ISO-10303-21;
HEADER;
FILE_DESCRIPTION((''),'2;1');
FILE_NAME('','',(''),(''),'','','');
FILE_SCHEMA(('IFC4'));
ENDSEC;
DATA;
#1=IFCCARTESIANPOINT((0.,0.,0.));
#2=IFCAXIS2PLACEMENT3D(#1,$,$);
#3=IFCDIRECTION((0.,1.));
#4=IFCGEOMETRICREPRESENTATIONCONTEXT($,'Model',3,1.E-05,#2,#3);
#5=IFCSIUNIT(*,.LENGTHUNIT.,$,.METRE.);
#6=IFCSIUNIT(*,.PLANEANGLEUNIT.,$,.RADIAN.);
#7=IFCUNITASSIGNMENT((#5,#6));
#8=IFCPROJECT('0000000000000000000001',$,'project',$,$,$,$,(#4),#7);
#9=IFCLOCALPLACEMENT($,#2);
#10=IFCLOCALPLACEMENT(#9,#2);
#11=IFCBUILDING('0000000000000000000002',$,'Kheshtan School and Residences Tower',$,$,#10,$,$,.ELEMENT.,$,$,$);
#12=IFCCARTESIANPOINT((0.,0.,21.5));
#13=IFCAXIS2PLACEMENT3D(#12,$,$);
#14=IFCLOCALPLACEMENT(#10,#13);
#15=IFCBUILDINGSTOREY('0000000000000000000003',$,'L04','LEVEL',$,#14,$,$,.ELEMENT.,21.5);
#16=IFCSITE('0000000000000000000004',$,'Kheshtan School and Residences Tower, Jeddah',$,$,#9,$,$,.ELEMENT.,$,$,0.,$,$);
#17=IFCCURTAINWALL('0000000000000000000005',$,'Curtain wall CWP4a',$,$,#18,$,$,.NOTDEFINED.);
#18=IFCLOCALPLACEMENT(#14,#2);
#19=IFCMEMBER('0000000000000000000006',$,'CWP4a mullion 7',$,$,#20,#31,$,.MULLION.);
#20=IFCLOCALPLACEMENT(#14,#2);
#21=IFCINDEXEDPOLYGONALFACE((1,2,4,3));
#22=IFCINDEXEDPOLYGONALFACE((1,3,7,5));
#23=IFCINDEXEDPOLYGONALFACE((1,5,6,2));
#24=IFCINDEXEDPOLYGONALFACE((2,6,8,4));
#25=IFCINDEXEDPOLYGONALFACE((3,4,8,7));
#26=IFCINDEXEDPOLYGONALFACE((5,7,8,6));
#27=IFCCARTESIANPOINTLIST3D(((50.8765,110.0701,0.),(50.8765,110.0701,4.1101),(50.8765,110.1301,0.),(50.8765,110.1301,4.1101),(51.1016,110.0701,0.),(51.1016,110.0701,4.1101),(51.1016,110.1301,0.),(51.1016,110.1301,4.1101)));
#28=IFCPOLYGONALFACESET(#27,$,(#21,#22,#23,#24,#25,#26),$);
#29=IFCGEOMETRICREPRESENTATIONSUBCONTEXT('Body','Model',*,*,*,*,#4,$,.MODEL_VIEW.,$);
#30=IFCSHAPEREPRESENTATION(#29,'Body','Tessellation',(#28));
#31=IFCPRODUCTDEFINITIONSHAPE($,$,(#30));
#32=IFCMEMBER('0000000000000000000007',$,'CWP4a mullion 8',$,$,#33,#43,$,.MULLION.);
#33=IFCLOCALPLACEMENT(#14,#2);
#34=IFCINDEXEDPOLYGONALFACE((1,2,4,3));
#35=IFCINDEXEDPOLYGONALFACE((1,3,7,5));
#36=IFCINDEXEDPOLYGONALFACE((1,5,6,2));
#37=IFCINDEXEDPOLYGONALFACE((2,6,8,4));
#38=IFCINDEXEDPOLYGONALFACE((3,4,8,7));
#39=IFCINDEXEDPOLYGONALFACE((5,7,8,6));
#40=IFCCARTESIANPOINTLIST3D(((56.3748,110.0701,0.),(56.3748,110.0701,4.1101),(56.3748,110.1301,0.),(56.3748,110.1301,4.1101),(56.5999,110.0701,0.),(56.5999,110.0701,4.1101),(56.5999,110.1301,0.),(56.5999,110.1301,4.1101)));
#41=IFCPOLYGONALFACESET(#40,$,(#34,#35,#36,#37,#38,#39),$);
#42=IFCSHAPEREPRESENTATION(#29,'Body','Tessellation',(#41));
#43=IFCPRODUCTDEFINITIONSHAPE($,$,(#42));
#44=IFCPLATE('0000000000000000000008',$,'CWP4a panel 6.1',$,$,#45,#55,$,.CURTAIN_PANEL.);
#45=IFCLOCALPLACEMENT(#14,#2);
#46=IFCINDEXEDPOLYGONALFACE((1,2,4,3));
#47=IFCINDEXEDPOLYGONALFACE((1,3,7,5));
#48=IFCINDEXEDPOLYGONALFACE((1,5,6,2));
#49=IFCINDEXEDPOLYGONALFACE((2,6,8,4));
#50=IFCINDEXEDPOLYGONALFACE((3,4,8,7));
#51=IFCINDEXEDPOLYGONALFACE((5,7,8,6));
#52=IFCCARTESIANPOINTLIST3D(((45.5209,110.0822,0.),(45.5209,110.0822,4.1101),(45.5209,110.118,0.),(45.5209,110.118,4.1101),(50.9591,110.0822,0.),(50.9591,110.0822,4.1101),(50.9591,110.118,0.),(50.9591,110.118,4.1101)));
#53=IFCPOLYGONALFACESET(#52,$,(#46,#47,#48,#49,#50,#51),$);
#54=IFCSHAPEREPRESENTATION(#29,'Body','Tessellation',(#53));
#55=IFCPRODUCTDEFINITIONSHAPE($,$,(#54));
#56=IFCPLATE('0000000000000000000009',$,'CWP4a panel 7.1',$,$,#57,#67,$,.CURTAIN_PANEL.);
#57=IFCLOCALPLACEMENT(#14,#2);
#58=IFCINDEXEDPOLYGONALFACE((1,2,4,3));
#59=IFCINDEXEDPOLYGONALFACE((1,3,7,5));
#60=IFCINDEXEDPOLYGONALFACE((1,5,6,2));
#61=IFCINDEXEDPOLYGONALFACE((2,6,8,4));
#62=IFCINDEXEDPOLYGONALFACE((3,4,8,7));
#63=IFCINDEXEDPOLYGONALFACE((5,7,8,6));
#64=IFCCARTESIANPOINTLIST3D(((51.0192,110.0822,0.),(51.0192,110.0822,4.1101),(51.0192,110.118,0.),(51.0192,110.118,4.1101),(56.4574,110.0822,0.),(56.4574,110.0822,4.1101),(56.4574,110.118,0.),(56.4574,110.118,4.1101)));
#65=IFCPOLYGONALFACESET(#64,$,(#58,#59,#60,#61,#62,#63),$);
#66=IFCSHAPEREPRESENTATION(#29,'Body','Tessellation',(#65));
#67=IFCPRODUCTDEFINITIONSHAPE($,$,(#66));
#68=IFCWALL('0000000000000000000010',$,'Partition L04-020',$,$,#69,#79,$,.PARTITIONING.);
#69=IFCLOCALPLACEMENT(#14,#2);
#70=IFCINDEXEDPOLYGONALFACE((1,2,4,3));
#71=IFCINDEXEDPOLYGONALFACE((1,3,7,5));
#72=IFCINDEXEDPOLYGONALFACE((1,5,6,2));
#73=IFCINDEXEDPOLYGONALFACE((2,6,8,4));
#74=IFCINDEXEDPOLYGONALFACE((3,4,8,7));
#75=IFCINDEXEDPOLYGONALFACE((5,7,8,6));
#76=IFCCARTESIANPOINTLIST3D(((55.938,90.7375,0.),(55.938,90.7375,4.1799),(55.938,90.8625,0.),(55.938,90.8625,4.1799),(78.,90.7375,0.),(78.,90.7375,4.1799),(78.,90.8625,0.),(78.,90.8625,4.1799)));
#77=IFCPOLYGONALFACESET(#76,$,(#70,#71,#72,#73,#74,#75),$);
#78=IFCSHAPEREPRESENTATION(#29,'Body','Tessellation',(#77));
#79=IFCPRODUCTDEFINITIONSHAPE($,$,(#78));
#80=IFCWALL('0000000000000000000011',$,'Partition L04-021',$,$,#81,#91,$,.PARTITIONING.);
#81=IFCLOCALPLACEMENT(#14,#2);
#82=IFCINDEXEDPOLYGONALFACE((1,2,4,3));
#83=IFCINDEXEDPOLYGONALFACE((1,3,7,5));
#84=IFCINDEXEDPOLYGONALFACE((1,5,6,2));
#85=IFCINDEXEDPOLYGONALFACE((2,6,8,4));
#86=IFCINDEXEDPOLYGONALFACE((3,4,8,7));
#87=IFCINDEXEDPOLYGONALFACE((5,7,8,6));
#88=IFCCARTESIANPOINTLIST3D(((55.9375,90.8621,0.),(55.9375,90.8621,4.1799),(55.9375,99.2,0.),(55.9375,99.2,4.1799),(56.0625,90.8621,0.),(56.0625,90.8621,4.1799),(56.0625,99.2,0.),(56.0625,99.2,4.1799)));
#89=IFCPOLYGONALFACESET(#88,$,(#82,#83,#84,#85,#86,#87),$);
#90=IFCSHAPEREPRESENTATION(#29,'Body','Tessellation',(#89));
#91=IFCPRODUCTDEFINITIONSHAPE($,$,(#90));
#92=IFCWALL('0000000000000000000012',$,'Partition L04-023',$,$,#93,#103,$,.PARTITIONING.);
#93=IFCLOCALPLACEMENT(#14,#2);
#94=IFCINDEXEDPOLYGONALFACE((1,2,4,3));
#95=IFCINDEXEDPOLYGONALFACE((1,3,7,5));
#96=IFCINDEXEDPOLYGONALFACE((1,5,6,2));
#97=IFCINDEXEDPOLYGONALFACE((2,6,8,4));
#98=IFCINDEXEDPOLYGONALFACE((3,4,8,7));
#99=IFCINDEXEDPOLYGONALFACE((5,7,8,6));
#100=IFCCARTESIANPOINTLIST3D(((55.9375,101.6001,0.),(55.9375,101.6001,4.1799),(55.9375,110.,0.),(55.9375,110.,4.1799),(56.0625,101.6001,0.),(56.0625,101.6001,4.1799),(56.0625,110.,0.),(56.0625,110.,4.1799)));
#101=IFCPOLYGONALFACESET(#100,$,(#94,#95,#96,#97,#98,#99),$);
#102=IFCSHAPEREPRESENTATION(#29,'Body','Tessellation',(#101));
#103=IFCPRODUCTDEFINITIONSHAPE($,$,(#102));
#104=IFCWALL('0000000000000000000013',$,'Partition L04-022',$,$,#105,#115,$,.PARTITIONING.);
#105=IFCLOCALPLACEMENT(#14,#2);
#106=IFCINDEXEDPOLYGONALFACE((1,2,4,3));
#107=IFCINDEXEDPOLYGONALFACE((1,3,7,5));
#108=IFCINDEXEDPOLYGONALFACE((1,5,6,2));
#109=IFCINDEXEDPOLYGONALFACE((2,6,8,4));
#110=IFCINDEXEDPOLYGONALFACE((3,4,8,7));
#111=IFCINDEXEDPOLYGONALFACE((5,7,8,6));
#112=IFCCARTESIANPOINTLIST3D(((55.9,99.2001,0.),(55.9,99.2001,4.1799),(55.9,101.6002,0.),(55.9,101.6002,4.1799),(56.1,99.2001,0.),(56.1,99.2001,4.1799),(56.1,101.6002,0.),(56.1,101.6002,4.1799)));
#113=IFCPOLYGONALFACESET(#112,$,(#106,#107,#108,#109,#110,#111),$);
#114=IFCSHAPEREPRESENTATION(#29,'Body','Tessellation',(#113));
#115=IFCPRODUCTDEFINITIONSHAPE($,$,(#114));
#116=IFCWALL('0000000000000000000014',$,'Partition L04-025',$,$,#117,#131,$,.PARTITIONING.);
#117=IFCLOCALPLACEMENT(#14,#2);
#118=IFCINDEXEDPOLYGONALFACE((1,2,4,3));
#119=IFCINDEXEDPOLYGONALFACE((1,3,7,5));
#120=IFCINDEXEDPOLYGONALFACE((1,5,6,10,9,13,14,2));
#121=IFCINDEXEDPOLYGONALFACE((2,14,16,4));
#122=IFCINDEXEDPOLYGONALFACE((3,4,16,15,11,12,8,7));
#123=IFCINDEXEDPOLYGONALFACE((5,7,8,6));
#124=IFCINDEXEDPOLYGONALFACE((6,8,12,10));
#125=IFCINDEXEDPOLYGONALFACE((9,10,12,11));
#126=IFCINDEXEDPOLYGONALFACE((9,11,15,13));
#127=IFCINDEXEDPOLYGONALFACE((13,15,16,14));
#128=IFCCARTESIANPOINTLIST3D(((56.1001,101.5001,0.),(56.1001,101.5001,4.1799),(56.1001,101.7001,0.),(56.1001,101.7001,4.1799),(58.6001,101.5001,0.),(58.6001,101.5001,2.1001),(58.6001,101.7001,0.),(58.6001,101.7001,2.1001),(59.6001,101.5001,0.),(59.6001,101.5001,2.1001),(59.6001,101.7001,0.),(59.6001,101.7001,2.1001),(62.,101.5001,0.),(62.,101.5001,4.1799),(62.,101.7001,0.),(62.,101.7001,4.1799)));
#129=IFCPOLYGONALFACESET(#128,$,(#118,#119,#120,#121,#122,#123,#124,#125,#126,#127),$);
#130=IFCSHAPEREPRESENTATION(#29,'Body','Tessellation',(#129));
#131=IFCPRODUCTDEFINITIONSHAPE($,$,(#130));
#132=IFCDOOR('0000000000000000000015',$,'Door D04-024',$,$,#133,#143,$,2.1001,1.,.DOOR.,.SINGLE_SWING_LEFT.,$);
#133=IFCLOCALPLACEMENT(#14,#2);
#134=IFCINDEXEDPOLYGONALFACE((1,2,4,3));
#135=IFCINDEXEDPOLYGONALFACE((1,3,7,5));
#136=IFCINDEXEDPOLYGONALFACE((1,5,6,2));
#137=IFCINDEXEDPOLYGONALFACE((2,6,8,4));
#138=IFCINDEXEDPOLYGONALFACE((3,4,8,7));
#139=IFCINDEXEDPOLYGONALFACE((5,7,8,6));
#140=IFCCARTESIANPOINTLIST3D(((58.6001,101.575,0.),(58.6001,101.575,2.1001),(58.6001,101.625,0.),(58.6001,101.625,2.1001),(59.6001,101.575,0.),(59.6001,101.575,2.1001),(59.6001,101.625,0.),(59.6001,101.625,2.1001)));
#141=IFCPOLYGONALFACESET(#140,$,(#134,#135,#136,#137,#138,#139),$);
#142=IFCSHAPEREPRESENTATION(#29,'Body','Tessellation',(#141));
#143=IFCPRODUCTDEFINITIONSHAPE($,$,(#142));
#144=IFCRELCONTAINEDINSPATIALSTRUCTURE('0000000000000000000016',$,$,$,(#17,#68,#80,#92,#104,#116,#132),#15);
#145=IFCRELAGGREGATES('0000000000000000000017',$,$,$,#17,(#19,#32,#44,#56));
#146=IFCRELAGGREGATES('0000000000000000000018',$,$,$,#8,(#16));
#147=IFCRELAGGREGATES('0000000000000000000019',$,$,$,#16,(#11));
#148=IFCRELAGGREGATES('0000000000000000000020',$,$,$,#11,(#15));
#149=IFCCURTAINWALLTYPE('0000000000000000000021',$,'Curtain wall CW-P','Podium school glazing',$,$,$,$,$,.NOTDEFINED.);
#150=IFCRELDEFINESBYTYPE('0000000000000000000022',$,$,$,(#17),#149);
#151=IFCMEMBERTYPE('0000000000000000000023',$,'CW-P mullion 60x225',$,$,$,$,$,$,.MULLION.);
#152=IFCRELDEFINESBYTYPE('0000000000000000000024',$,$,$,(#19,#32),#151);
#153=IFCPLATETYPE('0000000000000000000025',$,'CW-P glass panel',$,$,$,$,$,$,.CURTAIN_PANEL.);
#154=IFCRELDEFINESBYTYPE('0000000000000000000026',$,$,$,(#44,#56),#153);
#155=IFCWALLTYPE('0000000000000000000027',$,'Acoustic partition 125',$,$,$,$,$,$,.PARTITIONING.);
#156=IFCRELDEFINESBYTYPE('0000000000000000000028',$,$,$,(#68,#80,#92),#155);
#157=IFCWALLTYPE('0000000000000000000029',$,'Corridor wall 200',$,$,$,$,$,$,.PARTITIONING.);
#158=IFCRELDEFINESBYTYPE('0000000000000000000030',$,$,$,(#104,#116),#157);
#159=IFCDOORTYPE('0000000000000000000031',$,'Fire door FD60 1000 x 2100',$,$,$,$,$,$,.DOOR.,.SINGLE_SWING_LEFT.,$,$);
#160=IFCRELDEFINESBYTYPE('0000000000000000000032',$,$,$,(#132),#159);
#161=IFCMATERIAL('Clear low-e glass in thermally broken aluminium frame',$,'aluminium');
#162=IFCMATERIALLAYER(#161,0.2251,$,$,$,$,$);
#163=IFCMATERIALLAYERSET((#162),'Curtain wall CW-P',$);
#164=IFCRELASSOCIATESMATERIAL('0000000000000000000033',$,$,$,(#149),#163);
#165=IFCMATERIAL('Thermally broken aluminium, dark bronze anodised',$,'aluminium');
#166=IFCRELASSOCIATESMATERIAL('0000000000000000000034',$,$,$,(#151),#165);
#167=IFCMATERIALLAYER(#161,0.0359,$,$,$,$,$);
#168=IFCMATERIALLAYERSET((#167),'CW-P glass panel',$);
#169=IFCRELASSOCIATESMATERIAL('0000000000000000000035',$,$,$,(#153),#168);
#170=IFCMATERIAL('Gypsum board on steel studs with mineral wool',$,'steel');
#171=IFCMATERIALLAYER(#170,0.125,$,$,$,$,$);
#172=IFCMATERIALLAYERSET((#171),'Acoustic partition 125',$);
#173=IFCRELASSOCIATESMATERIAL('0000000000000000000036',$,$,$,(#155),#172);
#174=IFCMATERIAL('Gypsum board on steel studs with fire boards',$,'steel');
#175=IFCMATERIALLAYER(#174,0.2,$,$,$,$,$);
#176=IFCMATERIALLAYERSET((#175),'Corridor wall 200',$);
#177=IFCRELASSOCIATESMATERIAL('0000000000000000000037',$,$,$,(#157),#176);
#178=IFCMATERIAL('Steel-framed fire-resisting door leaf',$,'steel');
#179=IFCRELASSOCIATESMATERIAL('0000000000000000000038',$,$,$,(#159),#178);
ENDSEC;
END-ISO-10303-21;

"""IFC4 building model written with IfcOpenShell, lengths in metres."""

from ifc_helpers import new_model, si_unit, direction, frame, frame_2d, origin, origin_2d, place, context, subcontext, project, spatial, rectangle, extrude, source, transform, mapped, material, layer, layer_set, material_profile, profile_set, type_object, element, fill, aggregate, save


model = new_model("IFC4")

# Units and contexts
model_context = context("Model", 3, precision=1e-05, world=origin(), true_north=direction((0.0, 1.0)))
body_context = subcontext(model_context, "Body", "Model", "MODEL_VIEW")
ifc_project = project(units=[si_unit("LENGTHUNIT", "METRE"), si_unit("PLANEANGLEUNIT", "RADIAN")], contexts=[model_context])

# Site, building, storey
site_placement = place(None, origin())
site = spatial("IfcSite", under=ifc_project, at=site_placement, Name="Kheshtan School and Residences Tower, Jeddah", CompositionType="ELEMENT", RefElevation=0.0)
building_placement = place(site_placement, origin())
building = spatial("IfcBuilding", under=site, at=building_placement, Name="Kheshtan School and Residences Tower", CompositionType="ELEMENT")
storey_placement = place(building_placement, frame((0.0, 0.0, 21.5)))
storey = spatial("IfcBuildingStorey", under=building, at=storey_placement, Name="L04", Description="LEVEL", CompositionType="ELEMENT", Elevation=21.5)

# Curtain wall, members, plates
ifc_material_1 = material(Name="Clear low-e glass in thermally broken aluminium frame", Category="aluminium")
ifc_layer_1 = layer(ifc_material_1, 0.2251)
ifc_layer_set_1 = layer_set([ifc_layer_1], Name="Curtain wall CW-P")
curtain_wall_type = type_object("IfcCurtainWallType", Name="Curtain wall CW-P", Description="Podium school glazing", PredefinedType="NOTDEFINED", material=ifc_layer_set_1)
curtain_wall_placement = place(storey_placement, origin())
curtain_wall = element("IfcCurtainWall", 1, at=curtain_wall_placement, inside=storey, type_object=curtain_wall_type, Name="Curtain wall CWP4a", PredefinedType="NOTDEFINED")
ifc_material_2 = material(Name="Thermally broken aluminium, dark bronze anodised", Category="aluminium")
ifc_material_profile = material_profile(ifc_material_2, rectangle(XDim=0.0601, YDim=0.2251, at=origin_2d()), Name="CW-P mullion 60x225")
ifc_profile_set = profile_set([ifc_material_profile], Name="Thermally broken aluminium, dark bronze anodised")
member_type = type_object("IfcMemberType", Name="CW-P mullion 60x225", PredefinedType="MULLION", material=ifc_profile_set)
member_1_placement = place(storey_placement, frame((50.989, 110.1001, 0.0), z_axis=(0.0, 0.0, 1.0), x_axis=(0.0, 1.0, 0.0)))
member_1 = element("IfcMember", 2, at=member_1_placement, type_object=member_type, Name="CWP4a mullion 7", PredefinedType="MULLION", context=body_context, shape_type="SweptSolid", body=[
    extrude(rectangle(XDim=0.0601, YDim=0.2251, at=origin_2d()), origin(), (0.0, 0.0, 1.0), 4.1101),
])
member_2_placement = place(storey_placement, frame((56.4873, 110.1001, 0.0), z_axis=(0.0, 0.0, 1.0), x_axis=(0.0, 1.0, 0.0)))
member_2 = element("IfcMember", 3, at=member_2_placement, type_object=member_type, Name="CWP4a mullion 8", PredefinedType="MULLION", context=body_context, shape_type="SweptSolid", body=[
    extrude(rectangle(XDim=0.0601, YDim=0.2251, at=origin_2d()), origin(), (0.0, 0.0, 1.0), 4.1101),
])
ifc_layer_2 = layer(ifc_material_1, 0.0359)
ifc_layer_set_2 = layer_set([ifc_layer_2], Name="CW-P glass panel")
plate_type = type_object("IfcPlateType", Name="CW-P glass panel", PredefinedType="CURTAIN_PANEL", material=ifc_layer_set_2)
plate_1_placement = place(storey_placement, frame((48.24, 110.1001, 0.0), z_axis=(0.0, 0.0, 1.0), x_axis=(1.0, 0.0, 0.0)))
plate_1 = element("IfcPlate", 4, at=plate_1_placement, type_object=plate_type, Name="CWP4a panel 6.1", PredefinedType="CURTAIN_PANEL", context=body_context, shape_type="SweptSolid", body=[
    extrude(rectangle(XDim=5.4382, YDim=0.0359, at=origin_2d()), origin(), (0.0, 0.0, 1.0), 4.1101),
])
plate_2_placement = place(storey_placement, frame((53.7383, 110.1001, 0.0), z_axis=(0.0, 0.0, 1.0), x_axis=(1.0, 0.0, 0.0)))
plate_2 = element("IfcPlate", 5, at=plate_2_placement, type_object=plate_type, Name="CWP4a panel 7.1", PredefinedType="CURTAIN_PANEL", context=body_context, shape_type="SweptSolid", body=[
    extrude(rectangle(XDim=5.4382, YDim=0.0359, at=origin_2d()), origin(), (0.0, 0.0, 1.0), 4.1101),
])
aggregate(curtain_wall, [member_1, member_2, plate_1, plate_2])

# Walls
ifc_material_3 = material(Name="Gypsum board on steel studs with mineral wool", Category="steel")
ifc_layer_3 = layer(ifc_material_3, 0.125)
ifc_layer_set_3 = layer_set([ifc_layer_3], Name="Acoustic partition 125")
wall_type_1 = type_object("IfcWallType", Name="Acoustic partition 125", PredefinedType="PARTITIONING", material=ifc_layer_set_3)
wall_1_placement = place(storey_placement, frame((55.938, 90.8, 0.0), z_axis=(0.0, 0.0, 1.0), x_axis=(1.0, 0.0, 0.0)))
element("IfcWall", 6, at=wall_1_placement, inside=storey, type_object=wall_type_1, Name="Partition L04-020", PredefinedType="PARTITIONING", context=body_context, shape_type="SweptSolid", body=[
    extrude(rectangle(XDim=22.062, YDim=0.125, at=frame_2d((11.031, 0.0))), origin(), (0.0, 0.0, 1.0), 4.1799),
])
wall_2_placement = place(storey_placement, frame((56.0, 90.8621, 0.0), z_axis=(0.0, 0.0, 1.0), x_axis=(0.0, 1.0, 0.0)))
element("IfcWall", 7, at=wall_2_placement, inside=storey, type_object=wall_type_1, Name="Partition L04-021", PredefinedType="PARTITIONING", context=body_context, shape_type="SweptSolid", body=[
    extrude(rectangle(XDim=8.3379, YDim=0.125, at=frame_2d((4.1689, 0.0))), origin(), (0.0, 0.0, 1.0), 4.1799),
])
wall_3_placement = place(storey_placement, frame((56.0, 101.6001, 0.0), z_axis=(0.0, 0.0, 1.0), x_axis=(0.0, 1.0, 0.0)))
element("IfcWall", 8, at=wall_3_placement, inside=storey, type_object=wall_type_1, Name="Partition L04-023", PredefinedType="PARTITIONING", context=body_context, shape_type="SweptSolid", body=[
    extrude(rectangle(XDim=8.3999, YDim=0.125, at=frame_2d((4.2, 0.0))), origin(), (0.0, 0.0, 1.0), 4.1799),
])
ifc_material_4 = material(Name="Gypsum board on steel studs with fire boards", Category="steel")
ifc_layer_4 = layer(ifc_material_4, 0.2)
ifc_layer_set_4 = layer_set([ifc_layer_4], Name="Corridor wall 200")
wall_type_2 = type_object("IfcWallType", Name="Corridor wall 200", PredefinedType="PARTITIONING", material=ifc_layer_set_4)
wall_4_placement = place(storey_placement, frame((56.0, 99.2, 0.0), z_axis=(0.0, 0.0, 1.0), x_axis=(0.0, 1.0, 0.0)))
element("IfcWall", 9, at=wall_4_placement, inside=storey, type_object=wall_type_2, Name="Partition L04-022", PredefinedType="PARTITIONING", context=body_context, shape_type="SweptSolid", body=[
    extrude(rectangle(XDim=2.4001, YDim=0.2, at=frame_2d((1.2002, 0.0))), origin(), (0.0, 0.0, 1.0), 4.1799),
])

# Shared definitions
ifc_material_5 = material(Name="Steel-framed fire-resisting door leaf", Category="steel")
door_type = type_object("IfcDoorType", Name="Fire door FD60 1000 x 2100", OperationType="SINGLE_SWING_LEFT", PredefinedType="DOOR", material=ifc_material_5)
shared_shape = source(origin(), body_context, "Body", "SweptSolid", [
    extrude(rectangle(XDim=1.0, YDim=2.1001, at=frame_2d((0.5, 1.05))), frame((0.0, 0.0249, 0.0), z_axis=(0.0, -1.0, 0.0), x_axis=(1.0, 0.0, 0.0)), (0.0, 0.0, 1.0), 0.05),
])

# Wall, opening, door
wall_5_placement = place(storey_placement, frame((56.1001, 101.6001, 0.0), z_axis=(0.0, 0.0, 1.0), x_axis=(1.0, 0.0, 0.0)))
wall_5 = element("IfcWall", 10, at=wall_5_placement, inside=storey, type_object=wall_type_2, Name="Partition L04-025", PredefinedType="PARTITIONING", context=body_context, shape_type="SweptSolid", body=[
    extrude(rectangle(XDim=5.8999, YDim=0.2, at=frame_2d((2.95, 0.0))), origin(), (0.0, 0.0, 1.0), 4.1799),
])
opening_1_placement = place(wall_5_placement, frame((2.5, 0.0, 0.0)))
opening_1 = element("IfcOpeningElement", 11, at=opening_1_placement, cuts=wall_5, PredefinedType="OPENING", context=body_context, shape_type="SweptSolid", body=[
    extrude(rectangle(XDim=1.0, YDim=2.1001, at=frame_2d((0.5, 1.05))), frame((0.0, 0.1099, 0.0), z_axis=(0.0, -1.0, 0.0), x_axis=(1.0, 0.0, 0.0)), (0.0, 0.0, 1.0), 0.22),
])
door_1_placement = place(opening_1_placement, origin())
door_1 = element("IfcDoor", 12, at=door_1_placement, inside=storey, type_object=door_type, Name="Door D04-024", OperationType="SINGLE_SWING_LEFT", OverallHeight=2.1001, OverallWidth=1.0, PredefinedType="DOOR", context=body_context, shape_type="MappedRepresentation", body=[
    mapped(shared_shape, transform((0.0, 0.0, 0.0), x_axis=(1.0, 0.0, 0.0), y_axis=(0.0, 1.0, 0.0), z_axis=(0.0, 0.0, 1.0), scale=1.0)),
])
fill(opening_1, door_1)

save(model, "model.ifc")
